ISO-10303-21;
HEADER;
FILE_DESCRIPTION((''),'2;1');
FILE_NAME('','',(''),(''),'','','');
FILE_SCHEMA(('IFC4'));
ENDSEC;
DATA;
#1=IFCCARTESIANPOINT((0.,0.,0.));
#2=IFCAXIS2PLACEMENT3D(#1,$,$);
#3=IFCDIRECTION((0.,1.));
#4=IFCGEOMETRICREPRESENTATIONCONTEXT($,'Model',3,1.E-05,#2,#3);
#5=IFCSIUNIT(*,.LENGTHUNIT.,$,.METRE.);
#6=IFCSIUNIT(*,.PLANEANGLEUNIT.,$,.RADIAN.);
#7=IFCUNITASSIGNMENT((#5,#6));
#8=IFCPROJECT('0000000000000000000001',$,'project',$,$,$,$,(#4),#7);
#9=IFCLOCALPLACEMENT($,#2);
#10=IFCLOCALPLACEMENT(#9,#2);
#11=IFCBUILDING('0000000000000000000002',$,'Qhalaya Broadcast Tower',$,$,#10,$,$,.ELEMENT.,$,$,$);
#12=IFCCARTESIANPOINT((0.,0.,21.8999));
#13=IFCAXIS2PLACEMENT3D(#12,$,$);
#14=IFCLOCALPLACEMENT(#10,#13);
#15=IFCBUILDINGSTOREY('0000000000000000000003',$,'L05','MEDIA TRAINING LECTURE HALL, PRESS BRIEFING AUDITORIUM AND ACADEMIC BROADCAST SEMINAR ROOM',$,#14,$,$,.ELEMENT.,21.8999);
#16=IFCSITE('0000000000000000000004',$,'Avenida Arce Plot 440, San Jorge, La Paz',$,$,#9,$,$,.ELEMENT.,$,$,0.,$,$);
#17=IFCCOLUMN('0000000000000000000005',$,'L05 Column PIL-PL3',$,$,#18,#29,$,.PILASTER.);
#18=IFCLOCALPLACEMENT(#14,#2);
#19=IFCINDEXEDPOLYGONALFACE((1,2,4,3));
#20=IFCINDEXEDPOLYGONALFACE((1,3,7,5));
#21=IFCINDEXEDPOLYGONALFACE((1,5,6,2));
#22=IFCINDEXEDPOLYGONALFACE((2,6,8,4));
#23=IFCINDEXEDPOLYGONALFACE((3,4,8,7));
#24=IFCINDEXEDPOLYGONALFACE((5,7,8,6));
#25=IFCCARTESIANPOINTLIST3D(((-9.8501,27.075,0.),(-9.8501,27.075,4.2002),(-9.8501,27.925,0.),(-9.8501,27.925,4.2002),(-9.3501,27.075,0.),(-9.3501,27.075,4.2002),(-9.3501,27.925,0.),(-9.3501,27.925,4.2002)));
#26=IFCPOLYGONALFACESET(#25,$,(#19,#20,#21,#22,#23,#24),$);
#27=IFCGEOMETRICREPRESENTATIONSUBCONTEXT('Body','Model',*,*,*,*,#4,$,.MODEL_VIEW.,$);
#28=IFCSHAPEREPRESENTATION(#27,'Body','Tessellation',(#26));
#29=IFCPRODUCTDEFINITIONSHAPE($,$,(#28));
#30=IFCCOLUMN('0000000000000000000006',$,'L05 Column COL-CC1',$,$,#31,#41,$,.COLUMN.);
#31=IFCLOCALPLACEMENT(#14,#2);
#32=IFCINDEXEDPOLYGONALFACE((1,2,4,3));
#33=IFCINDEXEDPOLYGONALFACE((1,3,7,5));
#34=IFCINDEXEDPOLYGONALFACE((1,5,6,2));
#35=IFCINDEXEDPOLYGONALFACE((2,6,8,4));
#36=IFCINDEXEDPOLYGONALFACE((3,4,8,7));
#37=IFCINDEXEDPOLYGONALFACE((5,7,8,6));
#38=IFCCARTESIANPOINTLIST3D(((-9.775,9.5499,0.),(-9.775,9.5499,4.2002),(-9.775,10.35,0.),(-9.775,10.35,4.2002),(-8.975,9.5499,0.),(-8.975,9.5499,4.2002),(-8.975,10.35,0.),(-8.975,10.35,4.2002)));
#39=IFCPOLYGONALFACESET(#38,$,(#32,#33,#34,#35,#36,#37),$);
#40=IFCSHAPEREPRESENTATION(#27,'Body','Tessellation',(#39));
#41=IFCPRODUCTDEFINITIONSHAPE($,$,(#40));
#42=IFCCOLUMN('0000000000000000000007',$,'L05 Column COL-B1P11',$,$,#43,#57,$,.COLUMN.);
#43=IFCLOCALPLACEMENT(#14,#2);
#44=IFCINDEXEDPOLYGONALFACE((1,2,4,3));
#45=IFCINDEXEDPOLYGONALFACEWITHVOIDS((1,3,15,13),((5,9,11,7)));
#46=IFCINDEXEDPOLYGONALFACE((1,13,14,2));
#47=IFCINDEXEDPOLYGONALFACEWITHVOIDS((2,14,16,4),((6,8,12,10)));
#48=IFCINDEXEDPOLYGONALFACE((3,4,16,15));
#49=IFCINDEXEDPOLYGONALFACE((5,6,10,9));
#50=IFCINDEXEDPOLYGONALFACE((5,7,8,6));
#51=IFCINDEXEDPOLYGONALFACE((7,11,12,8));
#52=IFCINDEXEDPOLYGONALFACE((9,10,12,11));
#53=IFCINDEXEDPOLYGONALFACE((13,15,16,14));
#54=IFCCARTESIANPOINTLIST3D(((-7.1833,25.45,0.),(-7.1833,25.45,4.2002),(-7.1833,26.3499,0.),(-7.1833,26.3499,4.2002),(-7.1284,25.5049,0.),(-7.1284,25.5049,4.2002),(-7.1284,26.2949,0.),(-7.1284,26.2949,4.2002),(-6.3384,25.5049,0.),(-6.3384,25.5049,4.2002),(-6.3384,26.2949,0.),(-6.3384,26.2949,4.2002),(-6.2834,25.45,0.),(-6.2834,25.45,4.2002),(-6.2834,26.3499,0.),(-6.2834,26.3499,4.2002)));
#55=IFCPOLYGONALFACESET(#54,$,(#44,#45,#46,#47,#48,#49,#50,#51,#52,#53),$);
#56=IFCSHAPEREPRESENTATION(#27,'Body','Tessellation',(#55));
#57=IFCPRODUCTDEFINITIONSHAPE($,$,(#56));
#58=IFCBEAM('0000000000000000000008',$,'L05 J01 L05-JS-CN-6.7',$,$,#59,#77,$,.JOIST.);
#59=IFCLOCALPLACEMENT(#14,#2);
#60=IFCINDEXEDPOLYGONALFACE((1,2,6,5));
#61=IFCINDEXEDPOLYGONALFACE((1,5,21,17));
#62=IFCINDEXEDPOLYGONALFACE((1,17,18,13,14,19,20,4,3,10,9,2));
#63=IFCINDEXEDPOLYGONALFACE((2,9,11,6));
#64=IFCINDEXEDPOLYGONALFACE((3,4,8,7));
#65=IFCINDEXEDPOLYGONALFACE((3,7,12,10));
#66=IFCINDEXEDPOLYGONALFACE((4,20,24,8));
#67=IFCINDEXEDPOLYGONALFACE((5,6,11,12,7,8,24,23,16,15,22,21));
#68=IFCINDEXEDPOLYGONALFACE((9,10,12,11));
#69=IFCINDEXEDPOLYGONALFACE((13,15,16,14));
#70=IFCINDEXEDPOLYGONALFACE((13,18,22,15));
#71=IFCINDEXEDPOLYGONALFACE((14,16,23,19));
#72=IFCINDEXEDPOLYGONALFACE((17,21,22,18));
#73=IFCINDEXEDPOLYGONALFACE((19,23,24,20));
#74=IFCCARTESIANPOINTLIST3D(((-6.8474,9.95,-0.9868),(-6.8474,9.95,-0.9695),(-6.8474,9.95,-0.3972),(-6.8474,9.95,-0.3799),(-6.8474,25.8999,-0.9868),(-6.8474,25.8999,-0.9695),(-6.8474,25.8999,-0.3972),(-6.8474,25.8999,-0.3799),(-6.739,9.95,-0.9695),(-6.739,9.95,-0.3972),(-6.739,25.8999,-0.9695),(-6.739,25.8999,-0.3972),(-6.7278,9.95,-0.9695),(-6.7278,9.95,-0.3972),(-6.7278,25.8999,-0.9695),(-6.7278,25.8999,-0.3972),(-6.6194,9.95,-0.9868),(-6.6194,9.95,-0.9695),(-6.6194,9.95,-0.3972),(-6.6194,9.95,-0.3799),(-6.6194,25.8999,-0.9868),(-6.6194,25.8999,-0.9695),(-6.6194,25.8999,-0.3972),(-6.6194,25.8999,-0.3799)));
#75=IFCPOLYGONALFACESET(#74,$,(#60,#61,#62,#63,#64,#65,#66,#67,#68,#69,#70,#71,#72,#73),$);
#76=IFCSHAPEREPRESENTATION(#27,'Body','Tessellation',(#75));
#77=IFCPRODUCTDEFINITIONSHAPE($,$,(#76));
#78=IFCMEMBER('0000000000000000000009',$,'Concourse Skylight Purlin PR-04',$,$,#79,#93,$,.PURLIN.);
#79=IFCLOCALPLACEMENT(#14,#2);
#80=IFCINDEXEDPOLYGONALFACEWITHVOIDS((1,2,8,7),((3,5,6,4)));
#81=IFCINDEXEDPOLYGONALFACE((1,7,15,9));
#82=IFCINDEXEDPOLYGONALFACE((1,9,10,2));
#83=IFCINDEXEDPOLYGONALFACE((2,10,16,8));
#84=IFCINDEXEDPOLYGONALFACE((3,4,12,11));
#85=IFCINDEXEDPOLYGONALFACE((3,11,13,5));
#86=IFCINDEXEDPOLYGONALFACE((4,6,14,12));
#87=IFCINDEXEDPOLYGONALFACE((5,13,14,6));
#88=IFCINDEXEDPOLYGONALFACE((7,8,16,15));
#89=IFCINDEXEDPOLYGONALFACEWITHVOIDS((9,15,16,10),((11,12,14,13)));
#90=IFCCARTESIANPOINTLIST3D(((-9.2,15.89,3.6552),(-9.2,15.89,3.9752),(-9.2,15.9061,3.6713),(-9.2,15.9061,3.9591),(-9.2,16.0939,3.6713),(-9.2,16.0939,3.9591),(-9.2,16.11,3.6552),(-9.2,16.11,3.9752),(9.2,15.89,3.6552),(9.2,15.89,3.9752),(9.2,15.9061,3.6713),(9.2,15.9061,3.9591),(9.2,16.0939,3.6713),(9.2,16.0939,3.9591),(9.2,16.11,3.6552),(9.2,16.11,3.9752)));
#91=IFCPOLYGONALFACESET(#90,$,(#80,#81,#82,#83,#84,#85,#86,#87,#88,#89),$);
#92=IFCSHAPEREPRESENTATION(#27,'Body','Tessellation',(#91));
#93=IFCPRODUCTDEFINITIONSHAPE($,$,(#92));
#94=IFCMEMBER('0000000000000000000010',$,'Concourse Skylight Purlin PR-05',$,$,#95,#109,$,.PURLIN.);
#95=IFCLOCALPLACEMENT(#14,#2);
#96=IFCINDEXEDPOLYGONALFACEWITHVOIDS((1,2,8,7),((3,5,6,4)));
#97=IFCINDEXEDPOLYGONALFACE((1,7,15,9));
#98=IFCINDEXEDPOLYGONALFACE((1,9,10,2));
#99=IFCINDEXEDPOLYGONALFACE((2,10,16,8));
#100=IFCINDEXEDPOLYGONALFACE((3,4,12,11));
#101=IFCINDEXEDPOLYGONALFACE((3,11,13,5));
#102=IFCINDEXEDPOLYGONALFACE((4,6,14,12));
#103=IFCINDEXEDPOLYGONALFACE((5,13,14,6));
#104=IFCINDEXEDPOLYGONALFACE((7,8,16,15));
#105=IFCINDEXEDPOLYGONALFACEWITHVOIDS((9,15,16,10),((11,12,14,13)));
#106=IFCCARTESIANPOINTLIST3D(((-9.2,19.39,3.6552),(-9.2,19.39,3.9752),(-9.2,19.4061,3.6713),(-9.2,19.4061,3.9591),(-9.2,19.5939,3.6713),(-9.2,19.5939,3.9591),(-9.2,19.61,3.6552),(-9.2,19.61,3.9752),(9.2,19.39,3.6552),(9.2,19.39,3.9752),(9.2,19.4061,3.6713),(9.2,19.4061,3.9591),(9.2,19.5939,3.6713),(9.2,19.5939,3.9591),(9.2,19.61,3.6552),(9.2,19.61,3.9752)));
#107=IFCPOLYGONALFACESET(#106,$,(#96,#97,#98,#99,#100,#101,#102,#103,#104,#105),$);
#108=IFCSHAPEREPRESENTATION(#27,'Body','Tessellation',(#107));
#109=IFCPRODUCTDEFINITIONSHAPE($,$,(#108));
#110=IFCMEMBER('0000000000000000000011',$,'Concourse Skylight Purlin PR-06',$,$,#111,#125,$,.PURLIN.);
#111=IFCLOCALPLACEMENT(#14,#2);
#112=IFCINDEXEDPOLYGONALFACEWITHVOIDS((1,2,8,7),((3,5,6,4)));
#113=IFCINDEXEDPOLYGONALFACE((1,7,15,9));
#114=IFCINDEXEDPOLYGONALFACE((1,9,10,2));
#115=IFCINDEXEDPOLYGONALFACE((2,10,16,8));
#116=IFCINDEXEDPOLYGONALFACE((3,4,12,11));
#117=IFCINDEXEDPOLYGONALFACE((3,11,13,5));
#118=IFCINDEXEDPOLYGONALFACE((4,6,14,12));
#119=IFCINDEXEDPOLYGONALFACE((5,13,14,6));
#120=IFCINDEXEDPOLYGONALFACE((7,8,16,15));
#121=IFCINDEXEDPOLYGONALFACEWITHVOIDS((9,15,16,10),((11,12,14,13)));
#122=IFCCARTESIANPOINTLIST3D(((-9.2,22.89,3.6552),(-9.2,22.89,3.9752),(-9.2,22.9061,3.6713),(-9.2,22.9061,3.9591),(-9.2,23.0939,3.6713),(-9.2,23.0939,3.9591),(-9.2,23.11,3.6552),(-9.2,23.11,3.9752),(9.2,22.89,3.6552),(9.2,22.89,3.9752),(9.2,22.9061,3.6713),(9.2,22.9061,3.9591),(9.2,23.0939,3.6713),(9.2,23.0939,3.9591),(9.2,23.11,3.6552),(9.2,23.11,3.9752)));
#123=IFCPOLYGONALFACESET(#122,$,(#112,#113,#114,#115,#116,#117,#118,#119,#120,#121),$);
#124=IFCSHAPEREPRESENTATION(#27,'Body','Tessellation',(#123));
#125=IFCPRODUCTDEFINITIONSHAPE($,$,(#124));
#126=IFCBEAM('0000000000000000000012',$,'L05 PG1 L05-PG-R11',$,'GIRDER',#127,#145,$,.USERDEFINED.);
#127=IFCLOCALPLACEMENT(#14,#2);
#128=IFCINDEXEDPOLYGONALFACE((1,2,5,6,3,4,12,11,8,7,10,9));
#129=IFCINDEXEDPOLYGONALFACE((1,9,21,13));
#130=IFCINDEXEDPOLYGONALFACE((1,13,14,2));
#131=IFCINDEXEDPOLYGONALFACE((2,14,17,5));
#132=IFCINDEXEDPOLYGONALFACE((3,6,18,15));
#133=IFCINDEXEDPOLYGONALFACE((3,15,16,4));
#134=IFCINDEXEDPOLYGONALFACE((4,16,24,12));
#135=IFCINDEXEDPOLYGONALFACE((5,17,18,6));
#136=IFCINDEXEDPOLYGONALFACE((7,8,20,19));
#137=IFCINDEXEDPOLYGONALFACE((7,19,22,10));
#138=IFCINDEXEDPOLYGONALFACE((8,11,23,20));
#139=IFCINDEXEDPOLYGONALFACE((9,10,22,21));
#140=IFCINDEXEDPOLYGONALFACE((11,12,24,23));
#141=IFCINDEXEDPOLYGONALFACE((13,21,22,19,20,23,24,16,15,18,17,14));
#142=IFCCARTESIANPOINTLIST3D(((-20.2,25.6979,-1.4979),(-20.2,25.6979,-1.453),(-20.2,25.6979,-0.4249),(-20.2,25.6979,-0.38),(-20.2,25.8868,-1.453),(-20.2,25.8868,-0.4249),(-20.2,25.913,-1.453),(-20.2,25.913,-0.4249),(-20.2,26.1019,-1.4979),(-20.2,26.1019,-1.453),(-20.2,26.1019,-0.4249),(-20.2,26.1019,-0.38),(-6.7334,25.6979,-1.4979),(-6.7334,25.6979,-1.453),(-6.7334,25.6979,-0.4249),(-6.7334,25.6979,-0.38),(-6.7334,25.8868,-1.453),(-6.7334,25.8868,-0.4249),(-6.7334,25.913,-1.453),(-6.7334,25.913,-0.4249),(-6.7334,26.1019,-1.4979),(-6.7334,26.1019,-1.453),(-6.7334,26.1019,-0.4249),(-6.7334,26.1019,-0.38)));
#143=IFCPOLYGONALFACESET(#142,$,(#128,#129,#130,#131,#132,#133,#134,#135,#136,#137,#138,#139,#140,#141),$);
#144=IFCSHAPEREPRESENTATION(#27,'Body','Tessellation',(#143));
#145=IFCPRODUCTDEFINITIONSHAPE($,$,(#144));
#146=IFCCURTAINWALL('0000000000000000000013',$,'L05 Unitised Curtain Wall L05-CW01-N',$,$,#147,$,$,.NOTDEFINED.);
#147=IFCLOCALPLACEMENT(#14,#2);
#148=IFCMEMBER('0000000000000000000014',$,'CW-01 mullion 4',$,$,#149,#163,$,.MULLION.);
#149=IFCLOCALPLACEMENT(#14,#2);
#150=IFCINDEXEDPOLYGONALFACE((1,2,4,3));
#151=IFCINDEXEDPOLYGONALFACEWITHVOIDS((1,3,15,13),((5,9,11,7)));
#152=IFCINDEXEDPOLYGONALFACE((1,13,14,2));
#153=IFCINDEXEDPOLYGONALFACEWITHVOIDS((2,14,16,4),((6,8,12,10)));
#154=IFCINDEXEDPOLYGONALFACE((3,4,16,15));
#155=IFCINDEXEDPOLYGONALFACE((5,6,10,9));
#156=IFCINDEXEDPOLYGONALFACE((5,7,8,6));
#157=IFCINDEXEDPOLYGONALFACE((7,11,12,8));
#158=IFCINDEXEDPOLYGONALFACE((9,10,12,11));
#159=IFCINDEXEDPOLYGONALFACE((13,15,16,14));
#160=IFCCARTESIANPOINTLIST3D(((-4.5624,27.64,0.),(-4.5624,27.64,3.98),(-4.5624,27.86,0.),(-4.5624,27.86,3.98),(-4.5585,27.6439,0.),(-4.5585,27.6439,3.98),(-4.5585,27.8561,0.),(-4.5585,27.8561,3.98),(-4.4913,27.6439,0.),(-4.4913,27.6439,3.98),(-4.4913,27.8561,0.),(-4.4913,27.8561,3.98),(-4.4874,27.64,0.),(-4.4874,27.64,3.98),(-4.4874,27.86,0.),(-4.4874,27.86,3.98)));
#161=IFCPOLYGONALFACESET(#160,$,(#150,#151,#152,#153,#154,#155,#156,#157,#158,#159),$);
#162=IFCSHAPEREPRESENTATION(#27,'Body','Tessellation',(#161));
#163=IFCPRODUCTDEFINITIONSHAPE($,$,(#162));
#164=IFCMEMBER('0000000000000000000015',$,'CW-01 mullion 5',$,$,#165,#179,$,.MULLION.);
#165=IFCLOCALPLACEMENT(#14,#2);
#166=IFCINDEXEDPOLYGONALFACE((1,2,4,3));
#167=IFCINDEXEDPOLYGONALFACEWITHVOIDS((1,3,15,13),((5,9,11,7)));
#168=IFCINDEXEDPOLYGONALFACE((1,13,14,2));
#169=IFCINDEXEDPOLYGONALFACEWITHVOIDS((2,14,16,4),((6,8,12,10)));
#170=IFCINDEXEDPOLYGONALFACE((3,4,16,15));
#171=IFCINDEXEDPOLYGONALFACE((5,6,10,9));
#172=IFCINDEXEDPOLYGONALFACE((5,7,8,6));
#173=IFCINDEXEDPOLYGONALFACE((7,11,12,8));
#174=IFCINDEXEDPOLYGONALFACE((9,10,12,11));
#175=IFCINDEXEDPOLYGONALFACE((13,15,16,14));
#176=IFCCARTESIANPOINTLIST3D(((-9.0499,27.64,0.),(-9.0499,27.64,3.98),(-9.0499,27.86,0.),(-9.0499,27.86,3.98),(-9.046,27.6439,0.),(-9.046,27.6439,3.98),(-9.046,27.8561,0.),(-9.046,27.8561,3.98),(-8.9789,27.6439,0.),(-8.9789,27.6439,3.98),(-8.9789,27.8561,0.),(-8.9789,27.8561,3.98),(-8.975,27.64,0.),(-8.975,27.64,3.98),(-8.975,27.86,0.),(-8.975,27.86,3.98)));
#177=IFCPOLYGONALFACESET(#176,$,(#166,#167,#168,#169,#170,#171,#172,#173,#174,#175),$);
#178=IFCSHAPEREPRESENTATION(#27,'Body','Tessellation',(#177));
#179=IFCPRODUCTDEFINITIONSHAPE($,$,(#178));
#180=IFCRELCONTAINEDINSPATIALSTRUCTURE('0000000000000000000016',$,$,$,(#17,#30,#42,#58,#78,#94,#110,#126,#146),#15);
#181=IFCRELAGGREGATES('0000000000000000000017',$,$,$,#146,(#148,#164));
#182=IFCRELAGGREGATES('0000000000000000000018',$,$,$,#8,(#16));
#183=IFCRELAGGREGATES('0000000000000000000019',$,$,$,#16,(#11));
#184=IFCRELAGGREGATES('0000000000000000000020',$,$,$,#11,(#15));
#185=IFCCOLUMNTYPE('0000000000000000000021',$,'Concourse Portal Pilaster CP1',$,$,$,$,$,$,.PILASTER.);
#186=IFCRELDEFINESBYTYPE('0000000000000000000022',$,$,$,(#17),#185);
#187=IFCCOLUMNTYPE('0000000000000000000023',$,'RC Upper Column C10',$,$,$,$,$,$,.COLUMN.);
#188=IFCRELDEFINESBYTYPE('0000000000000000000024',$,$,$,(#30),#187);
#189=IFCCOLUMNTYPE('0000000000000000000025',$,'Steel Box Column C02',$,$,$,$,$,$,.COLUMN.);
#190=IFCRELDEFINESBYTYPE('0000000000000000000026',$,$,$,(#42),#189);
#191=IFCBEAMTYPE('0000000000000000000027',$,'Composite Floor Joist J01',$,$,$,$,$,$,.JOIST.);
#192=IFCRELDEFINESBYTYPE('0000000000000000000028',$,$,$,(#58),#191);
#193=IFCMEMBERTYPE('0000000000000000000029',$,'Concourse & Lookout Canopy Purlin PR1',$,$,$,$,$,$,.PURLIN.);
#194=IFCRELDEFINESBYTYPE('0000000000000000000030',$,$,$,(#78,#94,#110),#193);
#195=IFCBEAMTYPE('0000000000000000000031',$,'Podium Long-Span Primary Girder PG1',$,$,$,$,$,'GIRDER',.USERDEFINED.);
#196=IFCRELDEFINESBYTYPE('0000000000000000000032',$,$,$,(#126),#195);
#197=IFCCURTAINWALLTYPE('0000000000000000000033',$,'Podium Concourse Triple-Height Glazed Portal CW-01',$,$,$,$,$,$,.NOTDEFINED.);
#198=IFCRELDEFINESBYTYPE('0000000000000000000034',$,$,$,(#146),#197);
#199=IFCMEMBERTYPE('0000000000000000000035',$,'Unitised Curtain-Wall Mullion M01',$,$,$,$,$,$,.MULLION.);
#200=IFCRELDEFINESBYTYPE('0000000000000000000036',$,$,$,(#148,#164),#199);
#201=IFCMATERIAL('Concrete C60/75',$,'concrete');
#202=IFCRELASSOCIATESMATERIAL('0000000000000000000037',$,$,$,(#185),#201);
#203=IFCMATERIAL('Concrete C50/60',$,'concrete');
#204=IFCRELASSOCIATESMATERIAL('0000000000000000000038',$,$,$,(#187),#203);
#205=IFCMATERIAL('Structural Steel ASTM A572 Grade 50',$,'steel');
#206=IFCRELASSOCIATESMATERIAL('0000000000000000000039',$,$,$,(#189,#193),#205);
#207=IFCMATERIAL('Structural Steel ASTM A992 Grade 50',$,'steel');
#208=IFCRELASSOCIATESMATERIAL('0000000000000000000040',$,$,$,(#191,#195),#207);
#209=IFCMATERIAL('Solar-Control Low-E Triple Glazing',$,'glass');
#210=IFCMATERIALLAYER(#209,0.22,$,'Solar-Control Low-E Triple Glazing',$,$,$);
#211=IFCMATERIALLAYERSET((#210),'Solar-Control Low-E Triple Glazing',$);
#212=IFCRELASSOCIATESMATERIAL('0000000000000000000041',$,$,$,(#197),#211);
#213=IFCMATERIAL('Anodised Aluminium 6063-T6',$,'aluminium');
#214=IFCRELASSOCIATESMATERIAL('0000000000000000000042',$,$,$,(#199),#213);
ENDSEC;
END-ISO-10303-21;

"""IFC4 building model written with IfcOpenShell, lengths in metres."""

from ifc_helpers import new_model, si_unit, direction, frame, origin, origin_2d, place, context, subcontext, project, spatial, rectangle, hollow_rectangle, i_section, extrude, material, layer, layer_set, material_profile, profile_set, type_object, element, aggregate, save


model = new_model("IFC4")

# Units and contexts
model_context = context("Model", 3, precision=1e-05, world=origin(), true_north=direction((0.0, 1.0)))
body_context = subcontext(model_context, "Body", "Model", "MODEL_VIEW")
ifc_project = project(units=[si_unit("LENGTHUNIT", "METRE"), si_unit("PLANEANGLEUNIT", "RADIAN")], contexts=[model_context])

# Site, building, storey
site_placement = place(None, origin())
site = spatial("IfcSite", under=ifc_project, at=site_placement, Name="Avenida Arce Plot 440, San Jorge, La Paz", CompositionType="ELEMENT", RefElevation=0.0)
building_placement = place(site_placement, origin())
building = spatial("IfcBuilding", under=site, at=building_placement, Name="Qhalaya Broadcast Tower", CompositionType="ELEMENT")
storey_placement = place(building_placement, frame((0.0, 0.0, 21.8999)))
storey = spatial("IfcBuildingStorey", under=building, at=storey_placement, Name="L05", Description="MEDIA TRAINING LECTURE HALL, PRESS BRIEFING AUDITORIUM AND ACADEMIC BROADCAST SEMINAR ROOM", CompositionType="ELEMENT", Elevation=21.8999)

# Columns
ifc_material_1 = material(Name="Concrete C60/75", Category="concrete")
ifc_material_profile_1 = material_profile(ifc_material_1, rectangle(XDim=0.5, YDim=0.8501, at=origin_2d()), Name="RC-PIL 500x850")
ifc_profile_set_1 = profile_set([ifc_material_profile_1], Name="Concrete C60/75")
column_type_1 = type_object("IfcColumnType", Name="Concourse Portal Pilaster CP1", PredefinedType="PILASTER", material=ifc_profile_set_1)
column_1_placement = place(storey_placement, frame((-9.6001, 27.5, 0.0), z_axis=(0.0, 0.0, 1.0), x_axis=(1.0, 0.0, 0.0)))
element("IfcColumn", 1, at=column_1_placement, inside=storey, type_object=column_type_1, Name="L05 Column PIL-PL3", PredefinedType="PILASTER", context=body_context, shape_type="SweptSolid", body=[
    extrude(rectangle(XDim=0.5, YDim=0.8501, at=origin_2d()), origin(), (0.0, 0.0, 1.0), 4.2002),
])
ifc_material_2 = material(Name="Concrete C50/60", Category="concrete")
ifc_material_profile_2 = material_profile(ifc_material_2, rectangle(XDim=0.8, YDim=0.8, at=origin_2d()), Name="RC-COL 800x800")
ifc_profile_set_2 = profile_set([ifc_material_profile_2], Name="Concrete C50/60")
column_type_2 = type_object("IfcColumnType", Name="RC Upper Column C10", PredefinedType="COLUMN", material=ifc_profile_set_2)
column_2_placement = place(storey_placement, frame((-9.375, 9.95, 0.0), z_axis=(0.0, 0.0, 1.0), x_axis=(1.0, 0.0, 0.0)))
element("IfcColumn", 2, at=column_2_placement, inside=storey, type_object=column_type_2, Name="L05 Column COL-CC1", PredefinedType="COLUMN", context=body_context, shape_type="SweptSolid", body=[
    extrude(rectangle(XDim=0.8, YDim=0.8, at=origin_2d()), origin(), (0.0, 0.0, 1.0), 4.2002),
])
ifc_material_3 = material(Name="Structural Steel ASTM A572 Grade 50", Category="steel")
ifc_material_profile_3 = material_profile(ifc_material_3, hollow_rectangle(XDim=0.8999, YDim=0.8999, WallThickness=0.0549, at=origin_2d()), Name="BOX 900x900x55")
ifc_profile_set_3 = profile_set([ifc_material_profile_3], Name="Structural Steel ASTM A572 Grade 50")
column_type_3 = type_object("IfcColumnType", Name="Steel Box Column C02", PredefinedType="COLUMN", material=ifc_profile_set_3)
column_3_placement = place(storey_placement, frame((-6.7334, 25.8999, 0.0), z_axis=(0.0, 0.0, 1.0), x_axis=(1.0, 0.0, 0.0)))
element("IfcColumn", 3, at=column_3_placement, inside=storey, type_object=column_type_3, Name="L05 Column COL-B1P11", PredefinedType="COLUMN", context=body_context, shape_type="SweptSolid", body=[
    extrude(hollow_rectangle(XDim=0.8999, YDim=0.8999, WallThickness=0.0549, at=origin_2d()), origin(), (0.0, 0.0, 1.0), 4.2002),
])

# Beam
ifc_material_4 = material(Name="Structural Steel ASTM A992 Grade 50", Category="steel")
ifc_material_profile_4 = material_profile(ifc_material_4, i_section(OverallWidth=0.228, OverallDepth=0.6069, WebThickness=0.0112, FlangeThickness=0.0173, at=origin_2d()), Name="W24X76")
ifc_profile_set_4 = profile_set([ifc_material_profile_4], Name="Structural Steel ASTM A992 Grade 50")
beam_type_1 = type_object("IfcBeamType", Name="Composite Floor Joist J01", PredefinedType="JOIST", material=ifc_profile_set_4)
beam_1_placement = place(storey_placement, frame((-6.7334, 9.95, -0.6833), z_axis=(0.0, 1.0, 0.0), x_axis=(-1.0, 0.0, 0.0)))
element("IfcBeam", 4, at=beam_1_placement, inside=storey, type_object=beam_type_1, Name="L05 J01 L05-JS-CN-6.7", PredefinedType="JOIST", context=body_context, shape_type="SweptSolid", body=[
    extrude(i_section(OverallWidth=0.228, OverallDepth=0.6069, WebThickness=0.0112, FlangeThickness=0.0173, at=origin_2d()), origin(), (0.0, 0.0, 1.0), 15.95),
])

# Members
ifc_material_profile_5 = material_profile(ifc_material_3, hollow_rectangle(XDim=0.22, YDim=0.3201, WallThickness=0.0161, at=origin_2d()), Name="HSS 220x320x16")
ifc_profile_set_5 = profile_set([ifc_material_profile_5], Name="Structural Steel ASTM A572 Grade 50")
member_type_1 = type_object("IfcMemberType", Name="Concourse & Lookout Canopy Purlin PR1", PredefinedType="PURLIN", material=ifc_profile_set_5)
for number, where, z_axis, x_axis, name in (
    (5, (-9.2, 16.0, 3.8152), (1.0, 0.0, 0.0), (0.0, 1.0, 0.0), "Concourse Skylight Purlin PR-04"),
    (6, (-9.2, 19.5, 3.8152), (1.0, 0.0, 0.0), (0.0, 1.0, 0.0), "Concourse Skylight Purlin PR-05"),
    (7, (-9.2, 23.0, 3.8152), (1.0, 0.0, 0.0), (0.0, 1.0, 0.0), "Concourse Skylight Purlin PR-06"),
):
    element("IfcMember", number, at=place(storey_placement, frame(where, z_axis=z_axis, x_axis=x_axis)), inside=storey, type_object=member_type_1, Name=name, PredefinedType="PURLIN", context=body_context, shape_type="SweptSolid", body=[
        extrude(hollow_rectangle(XDim=0.22, YDim=0.3201, WallThickness=0.0161, at=origin_2d()), origin(), (0.0, 0.0, 1.0), 18.3999),
    ])

# Beam
ifc_material_profile_6 = material_profile(ifc_material_4, i_section(OverallWidth=0.4041, OverallDepth=1.1179, WebThickness=0.0261, FlangeThickness=0.0449, at=origin_2d()), Name="W44X335")
ifc_profile_set_6 = profile_set([ifc_material_profile_6], Name="Structural Steel ASTM A992 Grade 50")
beam_type_2 = type_object("IfcBeamType", Name="Podium Long-Span Primary Girder PG1", ElementType="GIRDER", PredefinedType="USERDEFINED", material=ifc_profile_set_6)
beam_2_placement = place(storey_placement, frame((-6.7334, 25.8999, -0.939), z_axis=(-1.0, 0.0, 0.0), x_axis=(0.0, -1.0, 0.0)))
element("IfcBeam", 8, at=beam_2_placement, inside=storey, type_object=beam_type_2, Name="L05 PG1 L05-PG-R11", ObjectType="GIRDER", PredefinedType="USERDEFINED", context=body_context, shape_type="SweptSolid", body=[
    extrude(i_section(OverallWidth=0.4041, OverallDepth=1.1179, WebThickness=0.0261, FlangeThickness=0.0449, at=origin_2d()), origin(), (0.0, 0.0, 1.0), 13.4666),
])

# Curtain wall, members
ifc_material_5 = material(Name="Solar-Control Low-E Triple Glazing", Category="glass")
ifc_layer_1 = layer(ifc_material_5, 0.22, Name="Solar-Control Low-E Triple Glazing")
ifc_layer_set_1 = layer_set([ifc_layer_1], Name="Solar-Control Low-E Triple Glazing")
curtain_wall_type = type_object("IfcCurtainWallType", Name="Podium Concourse Triple-Height Glazed Portal CW-01", PredefinedType="NOTDEFINED", material=ifc_layer_set_1)
curtain_wall_placement = place(storey_placement, origin())
curtain_wall = element("IfcCurtainWall", 9, at=curtain_wall_placement, inside=storey, type_object=curtain_wall_type, Name="L05 Unitised Curtain Wall L05-CW01-N", PredefinedType="NOTDEFINED")
ifc_material_6 = material(Name="Anodised Aluminium 6063-T6", Category="aluminium")
ifc_material_profile_7 = material_profile(ifc_material_6, hollow_rectangle(XDim=0.075, YDim=0.22, WallThickness=0.0039, at=origin_2d()), Name="ALU-MUL 75x220x4")
ifc_profile_set_7 = profile_set([ifc_material_profile_7], Name="Anodised Aluminium 6063-T6")
member_type_2 = type_object("IfcMemberType", Name="Unitised Curtain-Wall Mullion M01", PredefinedType="MULLION", material=ifc_profile_set_7)
member_1_placement = place(storey_placement, frame((-4.5249, 27.75, 0.0), z_axis=(0.0, 0.0, 1.0), x_axis=(-1.0, 0.0, 0.0)))
member_1 = element("IfcMember", 10, at=member_1_placement, type_object=member_type_2, Name="CW-01 mullion 4", PredefinedType="MULLION", context=body_context, shape_type="SweptSolid", body=[
    extrude(hollow_rectangle(XDim=0.075, YDim=0.22, WallThickness=0.0039, at=origin_2d()), origin(), (0.0, 0.0, 1.0), 3.98),
])
member_2_placement = place(storey_placement, frame((-9.0125, 27.75, 0.0), z_axis=(0.0, 0.0, 1.0), x_axis=(-1.0, 0.0, 0.0)))
member_2 = element("IfcMember", 11, at=member_2_placement, type_object=member_type_2, Name="CW-01 mullion 5", PredefinedType="MULLION", context=body_context, shape_type="SweptSolid", body=[
    extrude(hollow_rectangle(XDim=0.075, YDim=0.22, WallThickness=0.0039, at=origin_2d()), origin(), (0.0, 0.0, 1.0), 3.98),
])
aggregate(curtain_wall, [member_1, member_2])

save(model, "model.ifc")
